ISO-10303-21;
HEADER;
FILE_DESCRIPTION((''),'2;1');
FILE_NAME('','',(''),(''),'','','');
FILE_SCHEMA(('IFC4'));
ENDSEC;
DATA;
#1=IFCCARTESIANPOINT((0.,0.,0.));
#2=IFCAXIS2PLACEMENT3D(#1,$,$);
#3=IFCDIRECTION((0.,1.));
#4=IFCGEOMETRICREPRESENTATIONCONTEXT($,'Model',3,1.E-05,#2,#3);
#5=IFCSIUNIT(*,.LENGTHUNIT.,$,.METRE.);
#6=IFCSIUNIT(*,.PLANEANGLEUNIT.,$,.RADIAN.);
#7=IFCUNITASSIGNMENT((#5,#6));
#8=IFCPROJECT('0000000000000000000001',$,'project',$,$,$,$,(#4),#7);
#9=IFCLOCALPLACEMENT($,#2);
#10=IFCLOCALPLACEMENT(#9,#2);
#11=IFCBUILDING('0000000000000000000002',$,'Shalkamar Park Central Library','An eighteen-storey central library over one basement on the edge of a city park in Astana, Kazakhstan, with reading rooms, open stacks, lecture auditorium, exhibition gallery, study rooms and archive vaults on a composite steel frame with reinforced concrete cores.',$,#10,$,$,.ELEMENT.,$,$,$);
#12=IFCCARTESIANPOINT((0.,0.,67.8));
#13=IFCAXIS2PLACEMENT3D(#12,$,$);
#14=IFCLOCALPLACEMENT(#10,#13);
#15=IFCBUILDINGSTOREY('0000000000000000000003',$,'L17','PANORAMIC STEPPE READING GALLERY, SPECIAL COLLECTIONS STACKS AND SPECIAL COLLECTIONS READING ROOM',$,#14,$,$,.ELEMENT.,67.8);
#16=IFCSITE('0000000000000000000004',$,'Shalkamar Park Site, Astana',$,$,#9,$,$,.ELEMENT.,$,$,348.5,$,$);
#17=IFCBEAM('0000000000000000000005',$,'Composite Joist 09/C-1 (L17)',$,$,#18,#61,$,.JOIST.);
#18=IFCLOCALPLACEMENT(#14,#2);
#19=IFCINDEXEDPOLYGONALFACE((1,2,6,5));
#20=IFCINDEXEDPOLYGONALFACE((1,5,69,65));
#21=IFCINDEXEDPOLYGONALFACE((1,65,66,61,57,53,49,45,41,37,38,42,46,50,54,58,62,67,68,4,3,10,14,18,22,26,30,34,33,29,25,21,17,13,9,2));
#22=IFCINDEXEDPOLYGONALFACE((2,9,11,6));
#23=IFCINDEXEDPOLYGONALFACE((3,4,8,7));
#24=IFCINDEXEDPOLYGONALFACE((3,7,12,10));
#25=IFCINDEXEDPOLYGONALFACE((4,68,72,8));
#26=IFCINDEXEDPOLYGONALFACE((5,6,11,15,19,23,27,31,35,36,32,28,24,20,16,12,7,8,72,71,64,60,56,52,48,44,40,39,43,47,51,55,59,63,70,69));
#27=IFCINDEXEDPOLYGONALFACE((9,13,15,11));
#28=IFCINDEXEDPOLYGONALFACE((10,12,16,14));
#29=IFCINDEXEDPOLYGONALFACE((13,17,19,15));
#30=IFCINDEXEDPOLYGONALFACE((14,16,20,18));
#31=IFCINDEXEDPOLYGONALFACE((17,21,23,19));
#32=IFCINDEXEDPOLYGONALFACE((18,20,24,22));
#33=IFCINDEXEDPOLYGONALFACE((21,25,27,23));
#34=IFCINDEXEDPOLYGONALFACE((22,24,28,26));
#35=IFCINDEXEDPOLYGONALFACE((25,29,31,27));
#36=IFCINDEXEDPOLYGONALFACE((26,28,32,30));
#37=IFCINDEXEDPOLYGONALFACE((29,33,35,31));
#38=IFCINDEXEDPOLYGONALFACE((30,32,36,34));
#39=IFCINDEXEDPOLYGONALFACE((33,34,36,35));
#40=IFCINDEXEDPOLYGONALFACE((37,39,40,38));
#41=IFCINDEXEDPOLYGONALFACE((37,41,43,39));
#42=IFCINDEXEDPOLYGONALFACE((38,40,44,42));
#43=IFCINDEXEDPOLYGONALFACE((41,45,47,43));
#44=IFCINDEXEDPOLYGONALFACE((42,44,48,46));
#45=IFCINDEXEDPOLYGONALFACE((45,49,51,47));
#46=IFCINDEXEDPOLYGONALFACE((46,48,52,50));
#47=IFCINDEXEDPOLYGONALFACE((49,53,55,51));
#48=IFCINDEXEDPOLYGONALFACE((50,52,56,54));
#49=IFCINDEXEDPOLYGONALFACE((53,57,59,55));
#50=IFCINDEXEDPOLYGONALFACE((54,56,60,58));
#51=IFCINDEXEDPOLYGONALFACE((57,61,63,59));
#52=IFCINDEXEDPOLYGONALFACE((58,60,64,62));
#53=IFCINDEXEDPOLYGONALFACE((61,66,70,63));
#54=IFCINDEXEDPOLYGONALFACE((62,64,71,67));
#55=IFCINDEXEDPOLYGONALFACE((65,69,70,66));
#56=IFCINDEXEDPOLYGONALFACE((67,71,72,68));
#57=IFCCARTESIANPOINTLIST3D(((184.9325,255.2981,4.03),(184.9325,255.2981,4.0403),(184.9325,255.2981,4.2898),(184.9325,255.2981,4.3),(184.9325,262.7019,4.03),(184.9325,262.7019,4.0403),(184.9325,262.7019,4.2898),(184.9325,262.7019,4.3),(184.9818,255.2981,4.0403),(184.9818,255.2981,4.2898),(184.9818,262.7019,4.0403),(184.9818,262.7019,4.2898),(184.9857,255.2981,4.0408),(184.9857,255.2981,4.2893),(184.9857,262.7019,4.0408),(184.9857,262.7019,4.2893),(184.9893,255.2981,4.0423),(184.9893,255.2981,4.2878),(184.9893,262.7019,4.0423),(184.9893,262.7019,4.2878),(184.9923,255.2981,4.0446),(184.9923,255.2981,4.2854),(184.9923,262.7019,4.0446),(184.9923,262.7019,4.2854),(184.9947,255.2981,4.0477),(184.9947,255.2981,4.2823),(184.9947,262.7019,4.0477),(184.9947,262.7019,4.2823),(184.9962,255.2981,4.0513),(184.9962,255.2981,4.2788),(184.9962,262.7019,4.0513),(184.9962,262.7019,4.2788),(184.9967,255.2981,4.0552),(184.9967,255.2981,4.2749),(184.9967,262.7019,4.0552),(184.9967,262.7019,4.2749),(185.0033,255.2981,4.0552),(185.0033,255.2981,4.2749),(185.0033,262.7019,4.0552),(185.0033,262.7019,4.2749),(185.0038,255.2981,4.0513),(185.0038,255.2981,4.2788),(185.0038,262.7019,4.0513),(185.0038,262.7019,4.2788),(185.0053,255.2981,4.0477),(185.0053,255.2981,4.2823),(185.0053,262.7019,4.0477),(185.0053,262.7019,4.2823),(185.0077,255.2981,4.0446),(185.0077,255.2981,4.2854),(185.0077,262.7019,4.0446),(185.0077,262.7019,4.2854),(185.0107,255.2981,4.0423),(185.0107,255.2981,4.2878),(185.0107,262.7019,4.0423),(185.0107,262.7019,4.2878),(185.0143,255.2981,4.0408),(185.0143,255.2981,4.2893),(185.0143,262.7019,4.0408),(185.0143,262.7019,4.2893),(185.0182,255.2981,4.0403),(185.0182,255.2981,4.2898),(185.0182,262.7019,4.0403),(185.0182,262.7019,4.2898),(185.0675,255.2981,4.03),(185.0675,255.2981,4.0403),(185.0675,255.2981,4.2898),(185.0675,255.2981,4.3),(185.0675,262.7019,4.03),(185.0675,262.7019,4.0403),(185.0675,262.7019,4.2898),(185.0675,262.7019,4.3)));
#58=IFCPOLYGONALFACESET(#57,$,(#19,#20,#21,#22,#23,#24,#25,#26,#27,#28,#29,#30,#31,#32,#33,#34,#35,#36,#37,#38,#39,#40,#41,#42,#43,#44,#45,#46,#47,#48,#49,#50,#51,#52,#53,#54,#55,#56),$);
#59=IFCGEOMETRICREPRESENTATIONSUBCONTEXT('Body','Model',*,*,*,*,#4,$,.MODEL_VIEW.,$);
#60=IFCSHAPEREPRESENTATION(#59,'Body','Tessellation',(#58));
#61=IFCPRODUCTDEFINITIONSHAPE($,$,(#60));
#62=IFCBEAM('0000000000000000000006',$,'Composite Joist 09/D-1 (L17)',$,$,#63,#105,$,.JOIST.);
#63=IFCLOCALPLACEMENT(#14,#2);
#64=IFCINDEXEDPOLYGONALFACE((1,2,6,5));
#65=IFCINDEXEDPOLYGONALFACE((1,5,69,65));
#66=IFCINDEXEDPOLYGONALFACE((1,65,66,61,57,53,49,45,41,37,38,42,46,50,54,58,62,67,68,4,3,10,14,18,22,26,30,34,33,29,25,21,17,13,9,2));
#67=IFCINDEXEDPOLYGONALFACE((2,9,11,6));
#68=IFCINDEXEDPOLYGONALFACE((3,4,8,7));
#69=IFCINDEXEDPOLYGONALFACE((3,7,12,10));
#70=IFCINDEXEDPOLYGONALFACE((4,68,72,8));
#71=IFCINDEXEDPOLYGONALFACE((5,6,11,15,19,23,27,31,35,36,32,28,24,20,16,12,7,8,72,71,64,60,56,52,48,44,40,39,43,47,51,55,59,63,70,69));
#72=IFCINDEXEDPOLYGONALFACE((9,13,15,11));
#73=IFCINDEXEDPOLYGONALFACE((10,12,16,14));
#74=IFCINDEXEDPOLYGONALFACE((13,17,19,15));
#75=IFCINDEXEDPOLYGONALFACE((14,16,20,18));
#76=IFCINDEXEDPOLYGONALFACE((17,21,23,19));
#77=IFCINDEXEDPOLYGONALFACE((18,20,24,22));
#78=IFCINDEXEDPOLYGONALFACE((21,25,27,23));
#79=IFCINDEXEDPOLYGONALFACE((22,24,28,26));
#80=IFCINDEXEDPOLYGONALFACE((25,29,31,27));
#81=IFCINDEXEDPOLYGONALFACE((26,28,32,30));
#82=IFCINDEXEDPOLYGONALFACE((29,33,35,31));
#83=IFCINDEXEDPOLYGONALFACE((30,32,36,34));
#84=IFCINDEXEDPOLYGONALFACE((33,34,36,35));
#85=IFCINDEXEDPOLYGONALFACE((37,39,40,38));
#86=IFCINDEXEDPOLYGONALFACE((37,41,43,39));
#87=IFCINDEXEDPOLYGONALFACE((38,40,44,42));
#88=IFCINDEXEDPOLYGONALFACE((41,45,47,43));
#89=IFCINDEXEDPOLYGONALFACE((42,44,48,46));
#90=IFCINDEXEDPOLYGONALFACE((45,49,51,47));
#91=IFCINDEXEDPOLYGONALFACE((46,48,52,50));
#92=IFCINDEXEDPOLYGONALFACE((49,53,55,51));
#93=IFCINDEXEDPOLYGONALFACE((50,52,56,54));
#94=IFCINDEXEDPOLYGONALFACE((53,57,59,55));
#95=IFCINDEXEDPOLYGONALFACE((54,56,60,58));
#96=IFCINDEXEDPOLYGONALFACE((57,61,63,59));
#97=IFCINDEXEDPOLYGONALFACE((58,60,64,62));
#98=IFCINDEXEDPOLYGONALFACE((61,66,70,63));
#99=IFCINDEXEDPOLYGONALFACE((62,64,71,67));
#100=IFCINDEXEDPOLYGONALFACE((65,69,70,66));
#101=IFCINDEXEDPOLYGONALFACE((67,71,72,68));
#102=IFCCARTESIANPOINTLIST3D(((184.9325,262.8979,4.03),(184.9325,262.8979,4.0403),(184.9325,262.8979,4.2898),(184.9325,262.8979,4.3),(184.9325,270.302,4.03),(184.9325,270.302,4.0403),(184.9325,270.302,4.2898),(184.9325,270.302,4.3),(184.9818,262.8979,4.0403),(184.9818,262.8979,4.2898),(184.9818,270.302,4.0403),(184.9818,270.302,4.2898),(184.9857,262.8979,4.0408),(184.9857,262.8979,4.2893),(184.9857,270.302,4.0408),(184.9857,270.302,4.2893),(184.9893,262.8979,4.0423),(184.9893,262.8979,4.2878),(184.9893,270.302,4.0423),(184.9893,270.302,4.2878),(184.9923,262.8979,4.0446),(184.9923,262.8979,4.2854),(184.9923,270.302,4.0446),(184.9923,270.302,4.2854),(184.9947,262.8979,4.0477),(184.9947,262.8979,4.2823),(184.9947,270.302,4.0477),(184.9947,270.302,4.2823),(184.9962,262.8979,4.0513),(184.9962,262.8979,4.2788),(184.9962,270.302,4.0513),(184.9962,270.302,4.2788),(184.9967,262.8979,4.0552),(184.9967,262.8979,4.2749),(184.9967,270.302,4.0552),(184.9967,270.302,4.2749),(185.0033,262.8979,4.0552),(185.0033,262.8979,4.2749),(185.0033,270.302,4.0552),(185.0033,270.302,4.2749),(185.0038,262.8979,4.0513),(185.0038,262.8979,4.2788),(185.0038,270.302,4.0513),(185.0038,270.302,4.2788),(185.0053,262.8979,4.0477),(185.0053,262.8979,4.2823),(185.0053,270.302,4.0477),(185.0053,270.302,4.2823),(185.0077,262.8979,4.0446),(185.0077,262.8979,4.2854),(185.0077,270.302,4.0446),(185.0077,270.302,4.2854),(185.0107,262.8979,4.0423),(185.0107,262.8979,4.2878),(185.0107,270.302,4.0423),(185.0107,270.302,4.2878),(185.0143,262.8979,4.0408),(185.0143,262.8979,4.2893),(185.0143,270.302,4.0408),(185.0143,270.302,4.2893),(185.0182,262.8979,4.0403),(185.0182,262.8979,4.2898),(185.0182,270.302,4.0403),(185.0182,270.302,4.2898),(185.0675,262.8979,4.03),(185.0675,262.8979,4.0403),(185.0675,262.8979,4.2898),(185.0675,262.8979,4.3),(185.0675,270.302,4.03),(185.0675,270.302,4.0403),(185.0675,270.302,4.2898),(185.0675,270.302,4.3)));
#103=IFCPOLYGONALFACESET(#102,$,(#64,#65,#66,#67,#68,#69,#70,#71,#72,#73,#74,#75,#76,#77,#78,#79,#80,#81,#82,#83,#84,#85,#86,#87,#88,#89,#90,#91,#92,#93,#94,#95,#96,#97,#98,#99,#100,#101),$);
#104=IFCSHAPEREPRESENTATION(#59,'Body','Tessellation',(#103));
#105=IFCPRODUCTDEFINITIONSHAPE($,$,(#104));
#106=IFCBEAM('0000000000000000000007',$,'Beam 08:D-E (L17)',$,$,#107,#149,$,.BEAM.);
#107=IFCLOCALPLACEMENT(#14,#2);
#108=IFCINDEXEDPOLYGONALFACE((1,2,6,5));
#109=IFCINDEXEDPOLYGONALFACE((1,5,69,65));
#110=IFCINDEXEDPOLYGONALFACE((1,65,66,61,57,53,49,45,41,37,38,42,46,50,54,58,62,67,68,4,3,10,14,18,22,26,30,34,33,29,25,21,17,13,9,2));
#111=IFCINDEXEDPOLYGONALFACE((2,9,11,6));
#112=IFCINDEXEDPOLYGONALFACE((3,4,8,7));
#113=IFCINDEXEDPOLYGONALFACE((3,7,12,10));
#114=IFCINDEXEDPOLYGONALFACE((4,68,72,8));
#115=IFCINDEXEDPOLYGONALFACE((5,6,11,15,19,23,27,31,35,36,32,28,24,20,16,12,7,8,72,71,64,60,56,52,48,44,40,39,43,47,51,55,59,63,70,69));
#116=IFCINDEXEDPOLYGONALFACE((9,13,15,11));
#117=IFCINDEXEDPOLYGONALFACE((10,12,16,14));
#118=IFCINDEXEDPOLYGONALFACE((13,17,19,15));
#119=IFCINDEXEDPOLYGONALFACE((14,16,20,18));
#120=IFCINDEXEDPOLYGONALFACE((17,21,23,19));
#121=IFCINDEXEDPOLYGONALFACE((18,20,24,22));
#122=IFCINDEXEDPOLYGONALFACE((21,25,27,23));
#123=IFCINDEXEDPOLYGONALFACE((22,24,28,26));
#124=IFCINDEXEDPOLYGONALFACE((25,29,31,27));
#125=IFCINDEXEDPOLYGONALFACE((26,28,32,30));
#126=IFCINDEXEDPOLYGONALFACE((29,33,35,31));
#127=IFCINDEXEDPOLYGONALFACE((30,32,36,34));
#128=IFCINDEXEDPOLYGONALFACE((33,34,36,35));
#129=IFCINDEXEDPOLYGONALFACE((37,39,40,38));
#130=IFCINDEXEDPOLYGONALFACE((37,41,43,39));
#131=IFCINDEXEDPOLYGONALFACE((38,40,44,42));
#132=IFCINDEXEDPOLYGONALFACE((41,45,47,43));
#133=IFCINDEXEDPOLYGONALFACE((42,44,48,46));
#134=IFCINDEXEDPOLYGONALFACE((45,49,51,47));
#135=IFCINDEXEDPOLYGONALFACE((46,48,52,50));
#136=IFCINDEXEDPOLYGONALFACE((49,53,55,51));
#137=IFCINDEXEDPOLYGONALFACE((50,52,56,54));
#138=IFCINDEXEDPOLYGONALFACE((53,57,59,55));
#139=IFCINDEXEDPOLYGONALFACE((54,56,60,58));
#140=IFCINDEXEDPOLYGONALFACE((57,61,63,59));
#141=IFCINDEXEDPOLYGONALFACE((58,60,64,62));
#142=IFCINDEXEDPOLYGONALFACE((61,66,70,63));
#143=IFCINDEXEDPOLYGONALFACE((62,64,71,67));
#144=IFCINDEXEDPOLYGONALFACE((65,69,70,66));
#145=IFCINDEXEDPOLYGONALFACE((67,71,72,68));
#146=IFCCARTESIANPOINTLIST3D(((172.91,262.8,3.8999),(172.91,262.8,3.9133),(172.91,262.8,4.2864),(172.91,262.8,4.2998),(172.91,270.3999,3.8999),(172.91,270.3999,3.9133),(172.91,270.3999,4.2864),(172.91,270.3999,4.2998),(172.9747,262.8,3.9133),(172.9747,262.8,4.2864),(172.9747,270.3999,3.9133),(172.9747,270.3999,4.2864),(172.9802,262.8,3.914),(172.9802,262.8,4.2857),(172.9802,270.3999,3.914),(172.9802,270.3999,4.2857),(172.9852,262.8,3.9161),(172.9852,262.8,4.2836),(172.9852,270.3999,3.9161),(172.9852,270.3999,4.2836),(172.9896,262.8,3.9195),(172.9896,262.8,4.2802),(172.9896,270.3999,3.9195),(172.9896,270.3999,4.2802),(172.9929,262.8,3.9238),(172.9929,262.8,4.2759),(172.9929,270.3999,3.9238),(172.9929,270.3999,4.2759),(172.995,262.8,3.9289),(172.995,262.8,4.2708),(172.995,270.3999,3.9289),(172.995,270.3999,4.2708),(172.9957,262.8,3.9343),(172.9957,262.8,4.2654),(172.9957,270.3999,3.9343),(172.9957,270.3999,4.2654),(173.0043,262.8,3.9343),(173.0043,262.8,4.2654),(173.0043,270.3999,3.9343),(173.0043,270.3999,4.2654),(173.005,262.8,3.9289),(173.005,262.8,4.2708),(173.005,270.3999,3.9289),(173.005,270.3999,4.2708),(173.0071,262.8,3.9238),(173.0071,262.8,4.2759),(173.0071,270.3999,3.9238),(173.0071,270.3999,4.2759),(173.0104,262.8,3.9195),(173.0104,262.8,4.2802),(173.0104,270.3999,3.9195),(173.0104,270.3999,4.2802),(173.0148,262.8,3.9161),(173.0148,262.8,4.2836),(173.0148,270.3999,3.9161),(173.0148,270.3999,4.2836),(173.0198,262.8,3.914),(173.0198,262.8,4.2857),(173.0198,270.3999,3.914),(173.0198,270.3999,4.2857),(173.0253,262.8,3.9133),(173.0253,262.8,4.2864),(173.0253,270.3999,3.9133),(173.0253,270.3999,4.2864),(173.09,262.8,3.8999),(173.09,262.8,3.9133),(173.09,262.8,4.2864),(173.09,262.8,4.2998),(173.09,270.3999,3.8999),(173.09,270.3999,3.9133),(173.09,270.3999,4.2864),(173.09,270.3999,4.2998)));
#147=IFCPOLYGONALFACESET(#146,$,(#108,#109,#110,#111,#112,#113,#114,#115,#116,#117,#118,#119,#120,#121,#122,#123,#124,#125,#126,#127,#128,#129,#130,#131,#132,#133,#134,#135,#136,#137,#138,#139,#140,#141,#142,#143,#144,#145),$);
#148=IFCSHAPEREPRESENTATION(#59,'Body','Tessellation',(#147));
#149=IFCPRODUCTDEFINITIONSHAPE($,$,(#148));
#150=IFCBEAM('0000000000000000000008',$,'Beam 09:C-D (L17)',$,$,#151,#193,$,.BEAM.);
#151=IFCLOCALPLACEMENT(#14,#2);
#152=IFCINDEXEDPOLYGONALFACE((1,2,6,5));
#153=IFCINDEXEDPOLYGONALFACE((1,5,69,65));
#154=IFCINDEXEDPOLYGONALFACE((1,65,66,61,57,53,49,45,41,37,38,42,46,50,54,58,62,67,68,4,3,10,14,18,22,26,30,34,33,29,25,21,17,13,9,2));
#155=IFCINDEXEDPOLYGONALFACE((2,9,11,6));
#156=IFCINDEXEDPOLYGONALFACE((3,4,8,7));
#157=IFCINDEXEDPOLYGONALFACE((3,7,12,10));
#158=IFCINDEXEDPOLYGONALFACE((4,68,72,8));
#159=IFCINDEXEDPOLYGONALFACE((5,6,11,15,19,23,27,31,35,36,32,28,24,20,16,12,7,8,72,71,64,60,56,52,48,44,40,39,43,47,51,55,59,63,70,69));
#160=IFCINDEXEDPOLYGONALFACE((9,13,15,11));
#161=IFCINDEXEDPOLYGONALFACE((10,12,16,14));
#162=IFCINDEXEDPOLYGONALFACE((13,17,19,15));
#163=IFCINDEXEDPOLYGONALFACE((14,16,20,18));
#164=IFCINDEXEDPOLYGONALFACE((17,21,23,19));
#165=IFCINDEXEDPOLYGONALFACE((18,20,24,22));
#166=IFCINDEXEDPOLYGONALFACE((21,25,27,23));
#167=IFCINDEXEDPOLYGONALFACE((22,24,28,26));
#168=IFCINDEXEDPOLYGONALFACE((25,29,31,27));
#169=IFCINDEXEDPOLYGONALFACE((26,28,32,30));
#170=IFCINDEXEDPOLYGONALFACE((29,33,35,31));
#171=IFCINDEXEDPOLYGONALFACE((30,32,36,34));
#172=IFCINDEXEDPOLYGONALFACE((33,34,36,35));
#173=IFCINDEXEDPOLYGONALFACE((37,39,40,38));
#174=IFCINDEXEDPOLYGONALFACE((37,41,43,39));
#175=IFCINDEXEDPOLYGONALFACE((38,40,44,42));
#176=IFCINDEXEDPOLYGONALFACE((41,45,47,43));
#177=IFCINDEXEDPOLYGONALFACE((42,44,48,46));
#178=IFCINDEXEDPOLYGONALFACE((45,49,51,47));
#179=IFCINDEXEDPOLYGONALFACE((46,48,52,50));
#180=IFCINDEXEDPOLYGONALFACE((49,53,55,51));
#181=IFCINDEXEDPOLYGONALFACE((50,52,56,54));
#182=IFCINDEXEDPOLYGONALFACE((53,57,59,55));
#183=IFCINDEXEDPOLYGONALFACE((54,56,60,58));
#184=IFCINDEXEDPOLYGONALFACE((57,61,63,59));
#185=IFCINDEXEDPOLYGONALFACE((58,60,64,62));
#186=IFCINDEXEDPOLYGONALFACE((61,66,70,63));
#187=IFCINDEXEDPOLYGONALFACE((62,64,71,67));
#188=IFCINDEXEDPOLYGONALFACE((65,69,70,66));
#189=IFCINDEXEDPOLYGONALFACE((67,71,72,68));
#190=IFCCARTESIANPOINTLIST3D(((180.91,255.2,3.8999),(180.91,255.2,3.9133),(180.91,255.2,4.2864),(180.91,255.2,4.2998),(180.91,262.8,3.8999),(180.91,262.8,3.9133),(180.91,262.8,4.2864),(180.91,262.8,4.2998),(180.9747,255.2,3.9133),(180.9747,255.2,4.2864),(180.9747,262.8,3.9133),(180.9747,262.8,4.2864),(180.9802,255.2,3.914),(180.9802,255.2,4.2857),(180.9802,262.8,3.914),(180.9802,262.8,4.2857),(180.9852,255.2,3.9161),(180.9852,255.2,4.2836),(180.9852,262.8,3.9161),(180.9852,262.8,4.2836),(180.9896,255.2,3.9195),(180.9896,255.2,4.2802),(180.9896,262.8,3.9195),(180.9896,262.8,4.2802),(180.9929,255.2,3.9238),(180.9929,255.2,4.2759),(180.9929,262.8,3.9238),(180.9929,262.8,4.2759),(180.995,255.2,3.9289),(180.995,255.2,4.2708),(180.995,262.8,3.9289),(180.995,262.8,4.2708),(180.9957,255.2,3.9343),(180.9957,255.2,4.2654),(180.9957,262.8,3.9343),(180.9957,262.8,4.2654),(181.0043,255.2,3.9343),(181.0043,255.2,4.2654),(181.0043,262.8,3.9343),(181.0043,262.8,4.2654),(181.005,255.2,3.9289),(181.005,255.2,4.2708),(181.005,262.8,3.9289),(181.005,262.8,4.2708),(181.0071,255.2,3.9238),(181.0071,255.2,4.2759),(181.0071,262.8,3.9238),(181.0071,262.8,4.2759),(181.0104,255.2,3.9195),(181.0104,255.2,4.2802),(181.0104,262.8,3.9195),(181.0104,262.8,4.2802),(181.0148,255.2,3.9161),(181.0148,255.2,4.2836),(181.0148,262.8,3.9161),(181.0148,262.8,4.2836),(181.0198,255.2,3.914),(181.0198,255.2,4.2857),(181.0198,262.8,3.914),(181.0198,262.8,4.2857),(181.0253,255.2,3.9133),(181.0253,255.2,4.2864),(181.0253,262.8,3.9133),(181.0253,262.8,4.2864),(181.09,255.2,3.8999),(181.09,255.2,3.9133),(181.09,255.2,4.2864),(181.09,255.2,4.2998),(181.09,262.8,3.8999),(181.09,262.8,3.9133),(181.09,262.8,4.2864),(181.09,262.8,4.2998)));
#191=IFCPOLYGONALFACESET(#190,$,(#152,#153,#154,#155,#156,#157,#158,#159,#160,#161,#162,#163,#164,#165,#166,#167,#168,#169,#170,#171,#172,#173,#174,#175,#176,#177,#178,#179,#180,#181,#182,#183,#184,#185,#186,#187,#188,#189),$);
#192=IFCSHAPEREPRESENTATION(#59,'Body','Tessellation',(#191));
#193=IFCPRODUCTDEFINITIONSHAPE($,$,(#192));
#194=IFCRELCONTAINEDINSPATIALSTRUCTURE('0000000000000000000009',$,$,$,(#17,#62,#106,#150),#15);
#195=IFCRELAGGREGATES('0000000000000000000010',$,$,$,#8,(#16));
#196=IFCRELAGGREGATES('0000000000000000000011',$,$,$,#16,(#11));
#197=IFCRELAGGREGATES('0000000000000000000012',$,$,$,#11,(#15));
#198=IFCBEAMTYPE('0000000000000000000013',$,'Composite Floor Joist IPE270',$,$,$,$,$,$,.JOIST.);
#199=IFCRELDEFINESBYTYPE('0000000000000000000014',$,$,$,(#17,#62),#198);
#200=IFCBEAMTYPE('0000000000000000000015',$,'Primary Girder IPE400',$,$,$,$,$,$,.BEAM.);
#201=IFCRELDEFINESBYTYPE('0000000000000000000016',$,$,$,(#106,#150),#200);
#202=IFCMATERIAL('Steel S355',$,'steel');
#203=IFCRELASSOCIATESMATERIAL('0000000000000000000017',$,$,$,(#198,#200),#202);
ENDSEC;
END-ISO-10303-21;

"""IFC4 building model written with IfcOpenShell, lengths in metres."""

from ifc_helpers import new_model, si_unit, direction, frame, origin, origin_2d, place, context, subcontext, project, spatial, i_section, extrude, material, material_profile, profile_set, type_object, element, save


model = new_model("IFC4")

# Units and contexts
model_context = context("Model", 3, precision=1e-05, world=origin(), true_north=direction((0.0, 1.0)))
body_context = subcontext(model_context, "Body", "Model", "MODEL_VIEW")
ifc_project = project(units=[si_unit("LENGTHUNIT", "METRE"), si_unit("PLANEANGLEUNIT", "RADIAN")], contexts=[model_context])

# Site, building, storey
site_placement = place(None, origin())
site = spatial("IfcSite", under=ifc_project, at=site_placement, Name="Shalkamar Park Site, Astana", CompositionType="ELEMENT", RefElevation=348.5)
building_placement = place(site_placement, origin())
building = spatial("IfcBuilding", under=site, at=building_placement, Name="Shalkamar Park Central Library", Description="An eighteen-storey central library over one basement on the edge of a city park in Astana, Kazakhstan, with reading rooms, open stacks, lecture auditorium, exhibition gallery, study rooms and archive vaults on a composite steel frame with reinforced concrete cores.", CompositionType="ELEMENT")
storey_placement = place(building_placement, frame((0.0, 0.0, 67.8)))
storey = spatial("IfcBuildingStorey", under=building, at=storey_placement, Name="L17", Description="PANORAMIC STEPPE READING GALLERY, SPECIAL COLLECTIONS STACKS AND SPECIAL COLLECTIONS READING ROOM", CompositionType="ELEMENT", Elevation=67.8)

# Shared definitions
ifc_material_1 = material(Name="Steel S355", Category="steel")

# Beams
ifc_material_profile_1 = material_profile(ifc_material_1, i_section(OverallWidth=0.135, OverallDepth=0.27, WebThickness=0.0066, FlangeThickness=0.0103, FilletRadius=0.0149, at=origin_2d()), Name="IPE 270")
ifc_profile_set_1 = profile_set([ifc_material_profile_1], Name="Steel S355")
beam_type_1 = type_object("IfcBeamType", Name="Composite Floor Joist IPE270", PredefinedType="JOIST", material=ifc_profile_set_1)
beam_1_placement = place(storey_placement, frame((185.0, 255.2981, 4.165), z_axis=(0.0, 1.0, 0.0), x_axis=(-1.0, 0.0, 0.0)))
element("IfcBeam", 1, at=beam_1_placement, inside=storey, type_object=beam_type_1, Name="Composite Joist 09/C-1 (L17)", PredefinedType="JOIST", context=body_context, shape_type="SweptSolid", body=[
    extrude(i_section(OverallWidth=0.135, OverallDepth=0.27, WebThickness=0.0066, FlangeThickness=0.0103, FilletRadius=0.0149, at=origin_2d()), origin(), (0.0, 0.0, 1.0), 7.4038),
])
beam_2_placement = place(storey_placement, frame((185.0, 262.8979, 4.165), z_axis=(0.0, 1.0, 0.0), x_axis=(-1.0, 0.0, 0.0)))
element("IfcBeam", 2, at=beam_2_placement, inside=storey, type_object=beam_type_1, Name="Composite Joist 09/D-1 (L17)", PredefinedType="JOIST", context=body_context, shape_type="SweptSolid", body=[
    extrude(i_section(OverallWidth=0.135, OverallDepth=0.27, WebThickness=0.0066, FlangeThickness=0.0103, FilletRadius=0.0149, at=origin_2d()), origin(), (0.0, 0.0, 1.0), 7.4041),
])
ifc_material_profile_2 = material_profile(ifc_material_1, i_section(OverallWidth=0.1799, OverallDepth=0.3999, WebThickness=0.0085, FlangeThickness=0.0134, FilletRadius=0.021, at=origin_2d()), Name="IPE 400")
ifc_profile_set_2 = profile_set([ifc_material_profile_2], Name="Steel S355")
beam_type_2 = type_object("IfcBeamType", Name="Primary Girder IPE400", PredefinedType="BEAM", material=ifc_profile_set_2)
beam_3_placement = place(storey_placement, frame((173.0, 262.8, 4.0999), z_axis=(0.0, 1.0, 0.0), x_axis=(-1.0, 0.0, 0.0)))
element("IfcBeam", 3, at=beam_3_placement, inside=storey, type_object=beam_type_2, Name="Beam 08:D-E (L17)", PredefinedType="BEAM", context=body_context, shape_type="SweptSolid", body=[
    extrude(i_section(OverallWidth=0.1799, OverallDepth=0.3999, WebThickness=0.0085, FlangeThickness=0.0134, FilletRadius=0.021, at=origin_2d()), origin(), (0.0, 0.0, 1.0), 7.5999),
])
beam_4_placement = place(storey_placement, frame((181.0, 255.2, 4.0999), z_axis=(0.0, 1.0, 0.0), x_axis=(-1.0, 0.0, 0.0)))
element("IfcBeam", 4, at=beam_4_placement, inside=storey, type_object=beam_type_2, Name="Beam 09:C-D (L17)", PredefinedType="BEAM", context=body_context, shape_type="SweptSolid", body=[
    extrude(i_section(OverallWidth=0.1799, OverallDepth=0.3999, WebThickness=0.0085, FlangeThickness=0.0134, FilletRadius=0.021, at=origin_2d()), origin(), (0.0, 0.0, 1.0), 7.6001),
])

save(model, "model.ifc")
